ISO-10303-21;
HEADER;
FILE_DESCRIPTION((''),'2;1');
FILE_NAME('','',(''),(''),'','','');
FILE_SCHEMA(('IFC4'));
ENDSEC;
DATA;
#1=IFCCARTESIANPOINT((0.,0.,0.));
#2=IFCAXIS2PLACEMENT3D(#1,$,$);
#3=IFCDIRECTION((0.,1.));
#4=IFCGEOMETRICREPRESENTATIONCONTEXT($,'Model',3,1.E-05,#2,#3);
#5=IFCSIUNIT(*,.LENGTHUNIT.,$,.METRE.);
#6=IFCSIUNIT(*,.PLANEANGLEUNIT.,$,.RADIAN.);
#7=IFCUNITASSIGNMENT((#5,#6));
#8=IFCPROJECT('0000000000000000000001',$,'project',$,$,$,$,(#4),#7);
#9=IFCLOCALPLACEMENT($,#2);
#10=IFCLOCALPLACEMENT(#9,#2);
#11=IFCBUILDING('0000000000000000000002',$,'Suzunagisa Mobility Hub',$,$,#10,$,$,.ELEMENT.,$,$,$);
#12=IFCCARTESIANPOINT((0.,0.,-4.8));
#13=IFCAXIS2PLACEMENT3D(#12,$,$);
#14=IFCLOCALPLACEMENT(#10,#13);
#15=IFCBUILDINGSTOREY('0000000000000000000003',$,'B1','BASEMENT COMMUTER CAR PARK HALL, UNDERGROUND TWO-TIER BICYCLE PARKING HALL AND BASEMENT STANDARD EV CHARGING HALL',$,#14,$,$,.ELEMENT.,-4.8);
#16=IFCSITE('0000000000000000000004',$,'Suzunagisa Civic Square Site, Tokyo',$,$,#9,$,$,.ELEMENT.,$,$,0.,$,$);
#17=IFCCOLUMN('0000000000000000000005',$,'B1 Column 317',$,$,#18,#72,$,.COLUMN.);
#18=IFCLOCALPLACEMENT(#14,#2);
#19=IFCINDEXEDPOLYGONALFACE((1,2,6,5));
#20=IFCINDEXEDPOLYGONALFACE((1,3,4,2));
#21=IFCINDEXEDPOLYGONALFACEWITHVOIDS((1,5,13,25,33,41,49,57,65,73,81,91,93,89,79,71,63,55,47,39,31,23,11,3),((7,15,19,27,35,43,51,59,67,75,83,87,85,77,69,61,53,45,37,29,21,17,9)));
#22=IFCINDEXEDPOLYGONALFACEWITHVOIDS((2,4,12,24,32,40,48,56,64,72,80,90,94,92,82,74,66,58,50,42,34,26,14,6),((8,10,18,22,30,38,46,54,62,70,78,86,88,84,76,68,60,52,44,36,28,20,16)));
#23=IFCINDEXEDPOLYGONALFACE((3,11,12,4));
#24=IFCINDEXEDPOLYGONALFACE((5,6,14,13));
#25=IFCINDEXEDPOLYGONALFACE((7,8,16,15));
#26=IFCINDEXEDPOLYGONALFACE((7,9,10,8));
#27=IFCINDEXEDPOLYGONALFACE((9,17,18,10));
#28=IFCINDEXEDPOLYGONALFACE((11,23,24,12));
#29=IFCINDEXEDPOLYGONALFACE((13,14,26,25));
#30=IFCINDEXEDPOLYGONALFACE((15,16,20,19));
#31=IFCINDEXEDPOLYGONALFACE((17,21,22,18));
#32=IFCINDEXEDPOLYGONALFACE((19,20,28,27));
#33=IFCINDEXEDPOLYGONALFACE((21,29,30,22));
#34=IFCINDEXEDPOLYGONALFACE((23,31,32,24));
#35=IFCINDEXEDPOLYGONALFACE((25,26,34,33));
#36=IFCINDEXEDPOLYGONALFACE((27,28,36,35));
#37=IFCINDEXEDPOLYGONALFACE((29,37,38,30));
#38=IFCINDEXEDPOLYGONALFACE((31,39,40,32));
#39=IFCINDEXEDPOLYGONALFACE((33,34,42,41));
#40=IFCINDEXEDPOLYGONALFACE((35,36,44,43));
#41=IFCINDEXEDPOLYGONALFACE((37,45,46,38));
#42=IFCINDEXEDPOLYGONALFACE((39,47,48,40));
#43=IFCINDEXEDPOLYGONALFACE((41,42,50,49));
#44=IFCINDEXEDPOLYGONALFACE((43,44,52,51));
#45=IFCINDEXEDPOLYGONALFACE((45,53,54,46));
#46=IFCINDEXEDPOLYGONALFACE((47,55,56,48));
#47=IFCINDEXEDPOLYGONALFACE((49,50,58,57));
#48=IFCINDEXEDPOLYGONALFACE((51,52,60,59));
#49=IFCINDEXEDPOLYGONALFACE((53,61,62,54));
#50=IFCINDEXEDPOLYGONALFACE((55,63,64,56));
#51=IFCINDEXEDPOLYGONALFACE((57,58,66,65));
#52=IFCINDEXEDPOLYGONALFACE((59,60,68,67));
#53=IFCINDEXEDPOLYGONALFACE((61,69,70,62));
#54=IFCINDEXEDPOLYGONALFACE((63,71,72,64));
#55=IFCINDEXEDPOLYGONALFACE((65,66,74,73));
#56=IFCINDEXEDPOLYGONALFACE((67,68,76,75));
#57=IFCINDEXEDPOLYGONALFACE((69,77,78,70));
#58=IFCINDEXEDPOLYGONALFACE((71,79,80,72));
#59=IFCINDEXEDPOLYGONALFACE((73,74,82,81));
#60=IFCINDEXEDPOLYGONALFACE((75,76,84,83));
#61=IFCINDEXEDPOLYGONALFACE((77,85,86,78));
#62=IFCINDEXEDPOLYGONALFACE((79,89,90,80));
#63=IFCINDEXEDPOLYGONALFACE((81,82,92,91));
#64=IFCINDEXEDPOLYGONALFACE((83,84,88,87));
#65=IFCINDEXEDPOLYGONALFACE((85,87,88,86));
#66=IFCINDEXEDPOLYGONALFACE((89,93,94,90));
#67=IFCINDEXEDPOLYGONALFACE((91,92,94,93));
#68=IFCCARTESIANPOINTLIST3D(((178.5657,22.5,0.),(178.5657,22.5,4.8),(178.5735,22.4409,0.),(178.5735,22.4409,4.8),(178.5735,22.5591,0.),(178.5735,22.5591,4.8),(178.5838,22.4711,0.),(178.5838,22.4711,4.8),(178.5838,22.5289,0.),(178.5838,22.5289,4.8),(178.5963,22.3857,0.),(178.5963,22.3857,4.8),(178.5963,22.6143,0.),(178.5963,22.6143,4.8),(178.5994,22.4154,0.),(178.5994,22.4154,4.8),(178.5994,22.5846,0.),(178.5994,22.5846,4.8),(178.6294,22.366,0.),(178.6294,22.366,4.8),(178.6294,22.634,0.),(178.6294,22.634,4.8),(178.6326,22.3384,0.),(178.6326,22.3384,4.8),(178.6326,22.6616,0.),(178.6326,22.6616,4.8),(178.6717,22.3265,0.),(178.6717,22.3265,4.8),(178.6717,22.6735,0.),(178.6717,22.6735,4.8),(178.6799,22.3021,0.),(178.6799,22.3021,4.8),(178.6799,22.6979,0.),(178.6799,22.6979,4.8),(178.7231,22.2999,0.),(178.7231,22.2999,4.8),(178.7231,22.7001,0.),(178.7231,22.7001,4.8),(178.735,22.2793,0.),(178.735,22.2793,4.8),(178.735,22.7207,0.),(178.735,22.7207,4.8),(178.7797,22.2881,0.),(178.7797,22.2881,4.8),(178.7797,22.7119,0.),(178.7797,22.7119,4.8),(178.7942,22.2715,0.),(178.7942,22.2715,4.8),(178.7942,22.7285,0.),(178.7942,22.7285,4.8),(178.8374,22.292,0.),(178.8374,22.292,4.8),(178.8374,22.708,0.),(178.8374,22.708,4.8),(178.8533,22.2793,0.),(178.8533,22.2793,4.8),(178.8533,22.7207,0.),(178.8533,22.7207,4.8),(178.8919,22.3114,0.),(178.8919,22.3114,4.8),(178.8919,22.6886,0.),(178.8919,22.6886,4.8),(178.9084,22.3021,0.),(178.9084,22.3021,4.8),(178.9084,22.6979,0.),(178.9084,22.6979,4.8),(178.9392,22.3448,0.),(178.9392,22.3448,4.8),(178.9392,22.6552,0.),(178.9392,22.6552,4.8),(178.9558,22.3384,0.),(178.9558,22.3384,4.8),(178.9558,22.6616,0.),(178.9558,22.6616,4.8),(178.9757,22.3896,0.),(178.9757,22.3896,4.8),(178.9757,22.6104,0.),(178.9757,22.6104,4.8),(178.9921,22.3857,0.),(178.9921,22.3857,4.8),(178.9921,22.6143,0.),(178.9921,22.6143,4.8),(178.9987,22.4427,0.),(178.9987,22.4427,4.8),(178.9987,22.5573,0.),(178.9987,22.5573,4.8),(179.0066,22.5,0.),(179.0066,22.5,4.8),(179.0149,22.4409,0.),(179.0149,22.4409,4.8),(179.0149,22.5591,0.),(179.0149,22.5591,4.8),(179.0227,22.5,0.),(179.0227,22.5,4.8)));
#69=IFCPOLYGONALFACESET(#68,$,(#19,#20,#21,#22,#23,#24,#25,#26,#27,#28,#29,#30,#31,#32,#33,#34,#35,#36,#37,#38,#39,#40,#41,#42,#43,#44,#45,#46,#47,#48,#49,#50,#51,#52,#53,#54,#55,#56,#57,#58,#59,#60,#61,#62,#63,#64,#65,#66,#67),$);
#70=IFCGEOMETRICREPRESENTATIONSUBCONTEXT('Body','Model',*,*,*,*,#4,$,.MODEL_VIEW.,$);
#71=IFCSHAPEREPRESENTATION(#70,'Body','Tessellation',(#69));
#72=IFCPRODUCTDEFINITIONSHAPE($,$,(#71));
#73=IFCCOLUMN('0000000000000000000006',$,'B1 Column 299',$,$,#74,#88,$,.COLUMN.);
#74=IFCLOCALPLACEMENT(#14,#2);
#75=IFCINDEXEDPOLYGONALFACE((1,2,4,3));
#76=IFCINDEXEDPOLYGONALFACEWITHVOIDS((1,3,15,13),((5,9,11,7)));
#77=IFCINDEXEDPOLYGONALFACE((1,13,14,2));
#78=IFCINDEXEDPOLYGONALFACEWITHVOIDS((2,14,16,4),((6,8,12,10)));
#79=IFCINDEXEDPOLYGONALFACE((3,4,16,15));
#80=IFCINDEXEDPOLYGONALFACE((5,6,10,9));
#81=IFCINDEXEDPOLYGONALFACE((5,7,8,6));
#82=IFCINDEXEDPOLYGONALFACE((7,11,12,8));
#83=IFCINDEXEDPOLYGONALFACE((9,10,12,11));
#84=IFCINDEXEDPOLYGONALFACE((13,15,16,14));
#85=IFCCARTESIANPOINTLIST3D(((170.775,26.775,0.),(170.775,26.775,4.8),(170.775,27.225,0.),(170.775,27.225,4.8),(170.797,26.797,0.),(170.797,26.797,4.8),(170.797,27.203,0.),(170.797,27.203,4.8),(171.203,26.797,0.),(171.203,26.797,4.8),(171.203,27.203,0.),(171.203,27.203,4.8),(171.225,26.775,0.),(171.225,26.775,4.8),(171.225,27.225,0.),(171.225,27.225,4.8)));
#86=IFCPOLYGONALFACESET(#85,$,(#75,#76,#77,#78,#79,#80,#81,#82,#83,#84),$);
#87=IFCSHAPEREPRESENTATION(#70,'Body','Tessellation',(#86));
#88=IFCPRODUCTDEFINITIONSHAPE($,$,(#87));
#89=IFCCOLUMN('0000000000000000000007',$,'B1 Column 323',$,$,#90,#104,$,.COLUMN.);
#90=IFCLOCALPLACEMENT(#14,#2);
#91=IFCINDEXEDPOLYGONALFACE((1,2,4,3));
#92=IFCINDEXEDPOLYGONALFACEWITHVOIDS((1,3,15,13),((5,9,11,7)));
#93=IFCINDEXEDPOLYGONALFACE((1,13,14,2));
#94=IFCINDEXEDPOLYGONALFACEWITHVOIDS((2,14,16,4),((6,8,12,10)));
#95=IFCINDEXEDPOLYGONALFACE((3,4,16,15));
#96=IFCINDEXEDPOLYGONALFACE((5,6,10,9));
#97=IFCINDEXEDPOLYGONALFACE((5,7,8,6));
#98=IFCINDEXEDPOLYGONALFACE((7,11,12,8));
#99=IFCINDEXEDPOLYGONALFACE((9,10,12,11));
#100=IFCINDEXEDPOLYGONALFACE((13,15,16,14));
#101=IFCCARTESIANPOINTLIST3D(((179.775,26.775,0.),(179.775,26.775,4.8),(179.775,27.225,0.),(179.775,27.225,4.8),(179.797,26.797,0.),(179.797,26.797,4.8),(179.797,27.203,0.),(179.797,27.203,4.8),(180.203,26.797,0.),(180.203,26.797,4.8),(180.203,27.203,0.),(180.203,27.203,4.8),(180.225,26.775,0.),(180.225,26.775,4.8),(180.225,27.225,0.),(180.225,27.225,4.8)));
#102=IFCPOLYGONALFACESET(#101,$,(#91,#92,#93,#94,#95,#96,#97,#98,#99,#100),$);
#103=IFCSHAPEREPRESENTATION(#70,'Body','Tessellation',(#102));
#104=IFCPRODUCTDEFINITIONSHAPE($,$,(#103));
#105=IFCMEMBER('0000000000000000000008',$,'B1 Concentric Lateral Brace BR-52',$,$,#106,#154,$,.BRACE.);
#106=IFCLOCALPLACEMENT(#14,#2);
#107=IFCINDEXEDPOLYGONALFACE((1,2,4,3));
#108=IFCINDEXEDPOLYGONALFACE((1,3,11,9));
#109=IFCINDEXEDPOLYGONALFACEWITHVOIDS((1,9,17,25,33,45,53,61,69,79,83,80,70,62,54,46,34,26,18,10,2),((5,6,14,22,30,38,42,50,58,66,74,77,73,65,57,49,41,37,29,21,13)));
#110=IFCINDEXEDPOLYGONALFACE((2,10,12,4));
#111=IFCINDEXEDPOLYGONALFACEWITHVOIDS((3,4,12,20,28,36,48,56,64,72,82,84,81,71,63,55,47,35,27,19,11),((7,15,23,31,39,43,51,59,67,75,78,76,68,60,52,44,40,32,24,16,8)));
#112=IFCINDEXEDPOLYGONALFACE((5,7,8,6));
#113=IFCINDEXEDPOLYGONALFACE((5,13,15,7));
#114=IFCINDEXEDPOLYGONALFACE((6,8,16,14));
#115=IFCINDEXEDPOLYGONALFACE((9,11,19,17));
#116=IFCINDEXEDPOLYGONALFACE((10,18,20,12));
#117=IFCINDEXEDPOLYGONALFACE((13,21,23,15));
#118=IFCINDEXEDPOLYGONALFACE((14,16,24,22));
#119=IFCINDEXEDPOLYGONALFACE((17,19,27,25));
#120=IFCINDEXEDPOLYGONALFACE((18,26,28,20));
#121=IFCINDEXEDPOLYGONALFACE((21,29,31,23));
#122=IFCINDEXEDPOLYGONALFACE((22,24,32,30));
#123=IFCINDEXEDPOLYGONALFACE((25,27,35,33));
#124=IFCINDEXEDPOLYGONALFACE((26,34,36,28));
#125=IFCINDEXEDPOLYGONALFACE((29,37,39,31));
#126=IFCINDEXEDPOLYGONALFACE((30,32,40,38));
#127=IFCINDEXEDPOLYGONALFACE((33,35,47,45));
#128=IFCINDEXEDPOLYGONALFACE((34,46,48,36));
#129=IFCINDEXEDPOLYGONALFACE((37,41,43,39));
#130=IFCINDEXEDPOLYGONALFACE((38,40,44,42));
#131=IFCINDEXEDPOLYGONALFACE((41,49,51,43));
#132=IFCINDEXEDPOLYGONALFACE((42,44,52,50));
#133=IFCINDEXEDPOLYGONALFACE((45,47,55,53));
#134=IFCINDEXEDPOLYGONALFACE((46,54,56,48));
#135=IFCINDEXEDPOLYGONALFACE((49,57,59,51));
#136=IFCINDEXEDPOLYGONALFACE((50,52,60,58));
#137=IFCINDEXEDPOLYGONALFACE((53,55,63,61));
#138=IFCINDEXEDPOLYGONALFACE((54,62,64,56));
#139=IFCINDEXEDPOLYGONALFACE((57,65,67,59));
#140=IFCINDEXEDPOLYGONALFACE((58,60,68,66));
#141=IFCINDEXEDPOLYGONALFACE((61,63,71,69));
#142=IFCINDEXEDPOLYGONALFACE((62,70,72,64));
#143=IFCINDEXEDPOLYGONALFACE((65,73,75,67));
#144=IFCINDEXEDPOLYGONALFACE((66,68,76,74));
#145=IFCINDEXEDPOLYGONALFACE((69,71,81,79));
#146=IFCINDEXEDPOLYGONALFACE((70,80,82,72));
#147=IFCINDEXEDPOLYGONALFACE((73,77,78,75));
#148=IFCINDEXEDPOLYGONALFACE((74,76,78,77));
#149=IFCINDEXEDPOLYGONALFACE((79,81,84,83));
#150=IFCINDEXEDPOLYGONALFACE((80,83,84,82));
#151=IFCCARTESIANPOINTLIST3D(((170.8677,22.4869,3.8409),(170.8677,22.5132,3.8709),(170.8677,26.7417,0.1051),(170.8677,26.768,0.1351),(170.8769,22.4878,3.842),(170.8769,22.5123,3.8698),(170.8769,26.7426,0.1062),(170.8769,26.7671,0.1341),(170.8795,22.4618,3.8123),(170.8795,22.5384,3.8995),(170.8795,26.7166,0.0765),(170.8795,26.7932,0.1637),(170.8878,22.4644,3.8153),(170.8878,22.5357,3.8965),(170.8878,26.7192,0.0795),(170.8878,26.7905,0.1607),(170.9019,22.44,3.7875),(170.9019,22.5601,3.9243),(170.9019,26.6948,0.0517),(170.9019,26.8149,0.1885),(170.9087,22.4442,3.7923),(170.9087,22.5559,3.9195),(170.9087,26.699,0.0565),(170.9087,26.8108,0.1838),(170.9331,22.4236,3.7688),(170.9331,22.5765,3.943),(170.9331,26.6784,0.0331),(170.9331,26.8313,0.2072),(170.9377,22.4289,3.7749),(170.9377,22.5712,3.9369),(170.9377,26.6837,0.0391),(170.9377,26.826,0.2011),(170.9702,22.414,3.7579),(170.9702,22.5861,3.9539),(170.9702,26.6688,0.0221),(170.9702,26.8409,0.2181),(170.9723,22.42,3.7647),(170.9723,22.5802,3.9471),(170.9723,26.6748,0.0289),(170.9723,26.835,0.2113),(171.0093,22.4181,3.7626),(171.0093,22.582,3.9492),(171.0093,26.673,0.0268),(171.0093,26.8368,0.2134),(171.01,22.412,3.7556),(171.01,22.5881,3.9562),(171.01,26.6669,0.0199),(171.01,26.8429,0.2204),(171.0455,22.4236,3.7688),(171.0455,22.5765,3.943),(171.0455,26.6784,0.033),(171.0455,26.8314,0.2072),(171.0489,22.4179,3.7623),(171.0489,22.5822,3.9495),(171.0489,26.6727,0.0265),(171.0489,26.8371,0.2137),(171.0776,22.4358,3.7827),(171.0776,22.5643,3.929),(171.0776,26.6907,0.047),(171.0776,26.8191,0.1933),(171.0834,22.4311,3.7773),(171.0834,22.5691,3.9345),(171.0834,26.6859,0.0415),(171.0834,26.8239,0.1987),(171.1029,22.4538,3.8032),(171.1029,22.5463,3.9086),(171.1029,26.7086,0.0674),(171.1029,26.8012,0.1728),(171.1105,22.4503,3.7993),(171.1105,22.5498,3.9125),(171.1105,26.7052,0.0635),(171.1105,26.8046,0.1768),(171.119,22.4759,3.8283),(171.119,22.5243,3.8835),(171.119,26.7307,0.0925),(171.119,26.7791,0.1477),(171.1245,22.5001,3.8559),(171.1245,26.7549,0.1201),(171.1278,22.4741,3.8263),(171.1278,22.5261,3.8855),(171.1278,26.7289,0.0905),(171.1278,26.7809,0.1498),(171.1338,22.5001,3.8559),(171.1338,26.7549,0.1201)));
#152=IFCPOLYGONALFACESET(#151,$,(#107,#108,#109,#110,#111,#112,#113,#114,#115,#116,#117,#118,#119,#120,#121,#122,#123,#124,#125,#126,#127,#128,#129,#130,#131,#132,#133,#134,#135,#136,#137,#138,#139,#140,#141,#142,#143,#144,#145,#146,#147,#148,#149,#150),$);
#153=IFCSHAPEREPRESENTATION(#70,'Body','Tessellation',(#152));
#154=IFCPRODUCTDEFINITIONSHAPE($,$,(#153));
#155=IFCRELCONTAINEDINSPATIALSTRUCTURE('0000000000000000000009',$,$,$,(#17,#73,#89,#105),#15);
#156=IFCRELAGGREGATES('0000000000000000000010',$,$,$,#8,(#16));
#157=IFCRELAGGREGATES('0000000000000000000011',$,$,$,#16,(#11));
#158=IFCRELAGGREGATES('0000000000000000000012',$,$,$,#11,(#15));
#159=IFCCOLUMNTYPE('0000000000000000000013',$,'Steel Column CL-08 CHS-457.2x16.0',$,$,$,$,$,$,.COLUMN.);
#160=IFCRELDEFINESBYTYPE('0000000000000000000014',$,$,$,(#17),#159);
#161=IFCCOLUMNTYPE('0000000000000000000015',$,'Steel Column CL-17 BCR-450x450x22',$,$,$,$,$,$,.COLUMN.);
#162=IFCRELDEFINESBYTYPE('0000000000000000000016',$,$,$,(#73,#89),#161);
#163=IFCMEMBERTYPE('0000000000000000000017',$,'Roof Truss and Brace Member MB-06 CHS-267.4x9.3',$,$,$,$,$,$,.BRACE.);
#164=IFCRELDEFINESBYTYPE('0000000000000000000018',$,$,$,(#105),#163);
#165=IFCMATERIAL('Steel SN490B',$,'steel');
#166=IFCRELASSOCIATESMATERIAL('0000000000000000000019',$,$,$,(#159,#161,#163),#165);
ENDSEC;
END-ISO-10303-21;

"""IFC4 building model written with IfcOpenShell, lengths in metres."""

from ifc_helpers import new_model, si_unit, direction, frame, origin, origin_2d, place, context, subcontext, project, spatial, hollow_rectangle, hollow_circle, extrude, material, material_profile, profile_set, type_object, element, save


model = new_model("IFC4")

# Units and contexts
model_context = context("Model", 3, precision=1e-05, world=origin(), true_north=direction((0.0, 1.0)))
body_context = subcontext(model_context, "Body", "Model", "MODEL_VIEW")
ifc_project = project(units=[si_unit("LENGTHUNIT", "METRE"), si_unit("PLANEANGLEUNIT", "RADIAN")], contexts=[model_context])

# Site, building, storey
site_placement = place(None, origin())
site = spatial("IfcSite", under=ifc_project, at=site_placement, Name="Suzunagisa Civic Square Site, Tokyo", CompositionType="ELEMENT", RefElevation=0.0)
building_placement = place(site_placement, origin())
building = spatial("IfcBuilding", under=site, at=building_placement, Name="Suzunagisa Mobility Hub", CompositionType="ELEMENT")
storey_placement = place(building_placement, frame((0.0, 0.0, -4.8)))
storey = spatial("IfcBuildingStorey", under=building, at=storey_placement, Name="B1", Description="BASEMENT COMMUTER CAR PARK HALL, UNDERGROUND TWO-TIER BICYCLE PARKING HALL AND BASEMENT STANDARD EV CHARGING HALL", CompositionType="ELEMENT", Elevation=-4.8)

# Columns
ifc_material_1 = material(Name="Steel SN490B", Category="steel")
ifc_material_profile_1 = material_profile(ifc_material_1, hollow_circle(Radius=0.2285, WallThickness=0.0161, at=origin_2d()), Name="CHS-457.2x16.0")
ifc_profile_set_1 = profile_set([ifc_material_profile_1], Name="Steel SN490B")
column_type_1 = type_object("IfcColumnType", Name="Steel Column CL-08 CHS-457.2x16.0", PredefinedType="COLUMN", material=ifc_profile_set_1)
column_placement = place(storey_placement, frame((178.7942, 22.5, 0.0), z_axis=(0.0, 0.0, 1.0), x_axis=(1.0, 0.0, 0.0)))
element("IfcColumn", 1, at=column_placement, inside=storey, type_object=column_type_1, Name="B1 Column 317", PredefinedType="COLUMN", context=body_context, shape_type="SweptSolid", body=[
    extrude(hollow_circle(Radius=0.2285, WallThickness=0.0161, at=origin_2d()), origin(), (0.0, 0.0, 1.0), 4.8),
])
ifc_material_profile_2 = material_profile(ifc_material_1, hollow_rectangle(XDim=0.45, YDim=0.45, WallThickness=0.022, at=origin_2d()), Name="BCR-450x450x22")
ifc_profile_set_2 = profile_set([ifc_material_profile_2], Name="Steel SN490B")
column_type_2 = type_object("IfcColumnType", Name="Steel Column CL-17 BCR-450x450x22", PredefinedType="COLUMN", material=ifc_profile_set_2)
for number, where, z_axis, x_axis, name in (
    (2, (171.0, 27.0, 0.0), (0.0, 0.0, 1.0), (1.0, 0.0, 0.0), "B1 Column 299"),
    (3, (180.0, 27.0, 0.0), (0.0, 0.0, 1.0), (1.0, 0.0, 0.0), "B1 Column 323"),
):
    element("IfcColumn", number, at=place(storey_placement, frame(where, z_axis=z_axis, x_axis=x_axis)), inside=storey, type_object=column_type_2, Name=name, PredefinedType="COLUMN", context=body_context, shape_type="SweptSolid", body=[
        extrude(hollow_rectangle(XDim=0.45, YDim=0.45, WallThickness=0.022, at=origin_2d()), origin(), (0.0, 0.0, 1.0), 4.8),
    ])

# Member
ifc_material_profile_3 = material_profile(ifc_material_1, hollow_circle(Radius=0.1338, WallThickness=0.0093, at=origin_2d()), Name="CHS-267.4x9.3")
ifc_profile_set_3 = profile_set([ifc_material_profile_3], Name="Steel SN490B")
member_type = type_object("IfcMemberType", Name="Roof Truss and Brace Member MB-06 CHS-267.4x9.3", PredefinedType="BRACE", material=ifc_profile_set_3)
member_placement = place(storey_placement, frame((171.0, 26.7549, 0.1201), z_axis=(0.0, -0.751454, 0.659786), x_axis=(1.0, 0.0, 0.0)))
element("IfcMember", 4, at=member_placement, inside=storey, type_object=member_type, Name="B1 Concentric Lateral Brace BR-52", PredefinedType="BRACE", context=body_context, shape_type="SweptSolid", body=[
    extrude(hollow_circle(Radius=0.1338, WallThickness=0.0093, at=origin_2d()), origin(), (0.0, 0.0, 1.0), 5.6621),
])

save(model, "model.ifc")
